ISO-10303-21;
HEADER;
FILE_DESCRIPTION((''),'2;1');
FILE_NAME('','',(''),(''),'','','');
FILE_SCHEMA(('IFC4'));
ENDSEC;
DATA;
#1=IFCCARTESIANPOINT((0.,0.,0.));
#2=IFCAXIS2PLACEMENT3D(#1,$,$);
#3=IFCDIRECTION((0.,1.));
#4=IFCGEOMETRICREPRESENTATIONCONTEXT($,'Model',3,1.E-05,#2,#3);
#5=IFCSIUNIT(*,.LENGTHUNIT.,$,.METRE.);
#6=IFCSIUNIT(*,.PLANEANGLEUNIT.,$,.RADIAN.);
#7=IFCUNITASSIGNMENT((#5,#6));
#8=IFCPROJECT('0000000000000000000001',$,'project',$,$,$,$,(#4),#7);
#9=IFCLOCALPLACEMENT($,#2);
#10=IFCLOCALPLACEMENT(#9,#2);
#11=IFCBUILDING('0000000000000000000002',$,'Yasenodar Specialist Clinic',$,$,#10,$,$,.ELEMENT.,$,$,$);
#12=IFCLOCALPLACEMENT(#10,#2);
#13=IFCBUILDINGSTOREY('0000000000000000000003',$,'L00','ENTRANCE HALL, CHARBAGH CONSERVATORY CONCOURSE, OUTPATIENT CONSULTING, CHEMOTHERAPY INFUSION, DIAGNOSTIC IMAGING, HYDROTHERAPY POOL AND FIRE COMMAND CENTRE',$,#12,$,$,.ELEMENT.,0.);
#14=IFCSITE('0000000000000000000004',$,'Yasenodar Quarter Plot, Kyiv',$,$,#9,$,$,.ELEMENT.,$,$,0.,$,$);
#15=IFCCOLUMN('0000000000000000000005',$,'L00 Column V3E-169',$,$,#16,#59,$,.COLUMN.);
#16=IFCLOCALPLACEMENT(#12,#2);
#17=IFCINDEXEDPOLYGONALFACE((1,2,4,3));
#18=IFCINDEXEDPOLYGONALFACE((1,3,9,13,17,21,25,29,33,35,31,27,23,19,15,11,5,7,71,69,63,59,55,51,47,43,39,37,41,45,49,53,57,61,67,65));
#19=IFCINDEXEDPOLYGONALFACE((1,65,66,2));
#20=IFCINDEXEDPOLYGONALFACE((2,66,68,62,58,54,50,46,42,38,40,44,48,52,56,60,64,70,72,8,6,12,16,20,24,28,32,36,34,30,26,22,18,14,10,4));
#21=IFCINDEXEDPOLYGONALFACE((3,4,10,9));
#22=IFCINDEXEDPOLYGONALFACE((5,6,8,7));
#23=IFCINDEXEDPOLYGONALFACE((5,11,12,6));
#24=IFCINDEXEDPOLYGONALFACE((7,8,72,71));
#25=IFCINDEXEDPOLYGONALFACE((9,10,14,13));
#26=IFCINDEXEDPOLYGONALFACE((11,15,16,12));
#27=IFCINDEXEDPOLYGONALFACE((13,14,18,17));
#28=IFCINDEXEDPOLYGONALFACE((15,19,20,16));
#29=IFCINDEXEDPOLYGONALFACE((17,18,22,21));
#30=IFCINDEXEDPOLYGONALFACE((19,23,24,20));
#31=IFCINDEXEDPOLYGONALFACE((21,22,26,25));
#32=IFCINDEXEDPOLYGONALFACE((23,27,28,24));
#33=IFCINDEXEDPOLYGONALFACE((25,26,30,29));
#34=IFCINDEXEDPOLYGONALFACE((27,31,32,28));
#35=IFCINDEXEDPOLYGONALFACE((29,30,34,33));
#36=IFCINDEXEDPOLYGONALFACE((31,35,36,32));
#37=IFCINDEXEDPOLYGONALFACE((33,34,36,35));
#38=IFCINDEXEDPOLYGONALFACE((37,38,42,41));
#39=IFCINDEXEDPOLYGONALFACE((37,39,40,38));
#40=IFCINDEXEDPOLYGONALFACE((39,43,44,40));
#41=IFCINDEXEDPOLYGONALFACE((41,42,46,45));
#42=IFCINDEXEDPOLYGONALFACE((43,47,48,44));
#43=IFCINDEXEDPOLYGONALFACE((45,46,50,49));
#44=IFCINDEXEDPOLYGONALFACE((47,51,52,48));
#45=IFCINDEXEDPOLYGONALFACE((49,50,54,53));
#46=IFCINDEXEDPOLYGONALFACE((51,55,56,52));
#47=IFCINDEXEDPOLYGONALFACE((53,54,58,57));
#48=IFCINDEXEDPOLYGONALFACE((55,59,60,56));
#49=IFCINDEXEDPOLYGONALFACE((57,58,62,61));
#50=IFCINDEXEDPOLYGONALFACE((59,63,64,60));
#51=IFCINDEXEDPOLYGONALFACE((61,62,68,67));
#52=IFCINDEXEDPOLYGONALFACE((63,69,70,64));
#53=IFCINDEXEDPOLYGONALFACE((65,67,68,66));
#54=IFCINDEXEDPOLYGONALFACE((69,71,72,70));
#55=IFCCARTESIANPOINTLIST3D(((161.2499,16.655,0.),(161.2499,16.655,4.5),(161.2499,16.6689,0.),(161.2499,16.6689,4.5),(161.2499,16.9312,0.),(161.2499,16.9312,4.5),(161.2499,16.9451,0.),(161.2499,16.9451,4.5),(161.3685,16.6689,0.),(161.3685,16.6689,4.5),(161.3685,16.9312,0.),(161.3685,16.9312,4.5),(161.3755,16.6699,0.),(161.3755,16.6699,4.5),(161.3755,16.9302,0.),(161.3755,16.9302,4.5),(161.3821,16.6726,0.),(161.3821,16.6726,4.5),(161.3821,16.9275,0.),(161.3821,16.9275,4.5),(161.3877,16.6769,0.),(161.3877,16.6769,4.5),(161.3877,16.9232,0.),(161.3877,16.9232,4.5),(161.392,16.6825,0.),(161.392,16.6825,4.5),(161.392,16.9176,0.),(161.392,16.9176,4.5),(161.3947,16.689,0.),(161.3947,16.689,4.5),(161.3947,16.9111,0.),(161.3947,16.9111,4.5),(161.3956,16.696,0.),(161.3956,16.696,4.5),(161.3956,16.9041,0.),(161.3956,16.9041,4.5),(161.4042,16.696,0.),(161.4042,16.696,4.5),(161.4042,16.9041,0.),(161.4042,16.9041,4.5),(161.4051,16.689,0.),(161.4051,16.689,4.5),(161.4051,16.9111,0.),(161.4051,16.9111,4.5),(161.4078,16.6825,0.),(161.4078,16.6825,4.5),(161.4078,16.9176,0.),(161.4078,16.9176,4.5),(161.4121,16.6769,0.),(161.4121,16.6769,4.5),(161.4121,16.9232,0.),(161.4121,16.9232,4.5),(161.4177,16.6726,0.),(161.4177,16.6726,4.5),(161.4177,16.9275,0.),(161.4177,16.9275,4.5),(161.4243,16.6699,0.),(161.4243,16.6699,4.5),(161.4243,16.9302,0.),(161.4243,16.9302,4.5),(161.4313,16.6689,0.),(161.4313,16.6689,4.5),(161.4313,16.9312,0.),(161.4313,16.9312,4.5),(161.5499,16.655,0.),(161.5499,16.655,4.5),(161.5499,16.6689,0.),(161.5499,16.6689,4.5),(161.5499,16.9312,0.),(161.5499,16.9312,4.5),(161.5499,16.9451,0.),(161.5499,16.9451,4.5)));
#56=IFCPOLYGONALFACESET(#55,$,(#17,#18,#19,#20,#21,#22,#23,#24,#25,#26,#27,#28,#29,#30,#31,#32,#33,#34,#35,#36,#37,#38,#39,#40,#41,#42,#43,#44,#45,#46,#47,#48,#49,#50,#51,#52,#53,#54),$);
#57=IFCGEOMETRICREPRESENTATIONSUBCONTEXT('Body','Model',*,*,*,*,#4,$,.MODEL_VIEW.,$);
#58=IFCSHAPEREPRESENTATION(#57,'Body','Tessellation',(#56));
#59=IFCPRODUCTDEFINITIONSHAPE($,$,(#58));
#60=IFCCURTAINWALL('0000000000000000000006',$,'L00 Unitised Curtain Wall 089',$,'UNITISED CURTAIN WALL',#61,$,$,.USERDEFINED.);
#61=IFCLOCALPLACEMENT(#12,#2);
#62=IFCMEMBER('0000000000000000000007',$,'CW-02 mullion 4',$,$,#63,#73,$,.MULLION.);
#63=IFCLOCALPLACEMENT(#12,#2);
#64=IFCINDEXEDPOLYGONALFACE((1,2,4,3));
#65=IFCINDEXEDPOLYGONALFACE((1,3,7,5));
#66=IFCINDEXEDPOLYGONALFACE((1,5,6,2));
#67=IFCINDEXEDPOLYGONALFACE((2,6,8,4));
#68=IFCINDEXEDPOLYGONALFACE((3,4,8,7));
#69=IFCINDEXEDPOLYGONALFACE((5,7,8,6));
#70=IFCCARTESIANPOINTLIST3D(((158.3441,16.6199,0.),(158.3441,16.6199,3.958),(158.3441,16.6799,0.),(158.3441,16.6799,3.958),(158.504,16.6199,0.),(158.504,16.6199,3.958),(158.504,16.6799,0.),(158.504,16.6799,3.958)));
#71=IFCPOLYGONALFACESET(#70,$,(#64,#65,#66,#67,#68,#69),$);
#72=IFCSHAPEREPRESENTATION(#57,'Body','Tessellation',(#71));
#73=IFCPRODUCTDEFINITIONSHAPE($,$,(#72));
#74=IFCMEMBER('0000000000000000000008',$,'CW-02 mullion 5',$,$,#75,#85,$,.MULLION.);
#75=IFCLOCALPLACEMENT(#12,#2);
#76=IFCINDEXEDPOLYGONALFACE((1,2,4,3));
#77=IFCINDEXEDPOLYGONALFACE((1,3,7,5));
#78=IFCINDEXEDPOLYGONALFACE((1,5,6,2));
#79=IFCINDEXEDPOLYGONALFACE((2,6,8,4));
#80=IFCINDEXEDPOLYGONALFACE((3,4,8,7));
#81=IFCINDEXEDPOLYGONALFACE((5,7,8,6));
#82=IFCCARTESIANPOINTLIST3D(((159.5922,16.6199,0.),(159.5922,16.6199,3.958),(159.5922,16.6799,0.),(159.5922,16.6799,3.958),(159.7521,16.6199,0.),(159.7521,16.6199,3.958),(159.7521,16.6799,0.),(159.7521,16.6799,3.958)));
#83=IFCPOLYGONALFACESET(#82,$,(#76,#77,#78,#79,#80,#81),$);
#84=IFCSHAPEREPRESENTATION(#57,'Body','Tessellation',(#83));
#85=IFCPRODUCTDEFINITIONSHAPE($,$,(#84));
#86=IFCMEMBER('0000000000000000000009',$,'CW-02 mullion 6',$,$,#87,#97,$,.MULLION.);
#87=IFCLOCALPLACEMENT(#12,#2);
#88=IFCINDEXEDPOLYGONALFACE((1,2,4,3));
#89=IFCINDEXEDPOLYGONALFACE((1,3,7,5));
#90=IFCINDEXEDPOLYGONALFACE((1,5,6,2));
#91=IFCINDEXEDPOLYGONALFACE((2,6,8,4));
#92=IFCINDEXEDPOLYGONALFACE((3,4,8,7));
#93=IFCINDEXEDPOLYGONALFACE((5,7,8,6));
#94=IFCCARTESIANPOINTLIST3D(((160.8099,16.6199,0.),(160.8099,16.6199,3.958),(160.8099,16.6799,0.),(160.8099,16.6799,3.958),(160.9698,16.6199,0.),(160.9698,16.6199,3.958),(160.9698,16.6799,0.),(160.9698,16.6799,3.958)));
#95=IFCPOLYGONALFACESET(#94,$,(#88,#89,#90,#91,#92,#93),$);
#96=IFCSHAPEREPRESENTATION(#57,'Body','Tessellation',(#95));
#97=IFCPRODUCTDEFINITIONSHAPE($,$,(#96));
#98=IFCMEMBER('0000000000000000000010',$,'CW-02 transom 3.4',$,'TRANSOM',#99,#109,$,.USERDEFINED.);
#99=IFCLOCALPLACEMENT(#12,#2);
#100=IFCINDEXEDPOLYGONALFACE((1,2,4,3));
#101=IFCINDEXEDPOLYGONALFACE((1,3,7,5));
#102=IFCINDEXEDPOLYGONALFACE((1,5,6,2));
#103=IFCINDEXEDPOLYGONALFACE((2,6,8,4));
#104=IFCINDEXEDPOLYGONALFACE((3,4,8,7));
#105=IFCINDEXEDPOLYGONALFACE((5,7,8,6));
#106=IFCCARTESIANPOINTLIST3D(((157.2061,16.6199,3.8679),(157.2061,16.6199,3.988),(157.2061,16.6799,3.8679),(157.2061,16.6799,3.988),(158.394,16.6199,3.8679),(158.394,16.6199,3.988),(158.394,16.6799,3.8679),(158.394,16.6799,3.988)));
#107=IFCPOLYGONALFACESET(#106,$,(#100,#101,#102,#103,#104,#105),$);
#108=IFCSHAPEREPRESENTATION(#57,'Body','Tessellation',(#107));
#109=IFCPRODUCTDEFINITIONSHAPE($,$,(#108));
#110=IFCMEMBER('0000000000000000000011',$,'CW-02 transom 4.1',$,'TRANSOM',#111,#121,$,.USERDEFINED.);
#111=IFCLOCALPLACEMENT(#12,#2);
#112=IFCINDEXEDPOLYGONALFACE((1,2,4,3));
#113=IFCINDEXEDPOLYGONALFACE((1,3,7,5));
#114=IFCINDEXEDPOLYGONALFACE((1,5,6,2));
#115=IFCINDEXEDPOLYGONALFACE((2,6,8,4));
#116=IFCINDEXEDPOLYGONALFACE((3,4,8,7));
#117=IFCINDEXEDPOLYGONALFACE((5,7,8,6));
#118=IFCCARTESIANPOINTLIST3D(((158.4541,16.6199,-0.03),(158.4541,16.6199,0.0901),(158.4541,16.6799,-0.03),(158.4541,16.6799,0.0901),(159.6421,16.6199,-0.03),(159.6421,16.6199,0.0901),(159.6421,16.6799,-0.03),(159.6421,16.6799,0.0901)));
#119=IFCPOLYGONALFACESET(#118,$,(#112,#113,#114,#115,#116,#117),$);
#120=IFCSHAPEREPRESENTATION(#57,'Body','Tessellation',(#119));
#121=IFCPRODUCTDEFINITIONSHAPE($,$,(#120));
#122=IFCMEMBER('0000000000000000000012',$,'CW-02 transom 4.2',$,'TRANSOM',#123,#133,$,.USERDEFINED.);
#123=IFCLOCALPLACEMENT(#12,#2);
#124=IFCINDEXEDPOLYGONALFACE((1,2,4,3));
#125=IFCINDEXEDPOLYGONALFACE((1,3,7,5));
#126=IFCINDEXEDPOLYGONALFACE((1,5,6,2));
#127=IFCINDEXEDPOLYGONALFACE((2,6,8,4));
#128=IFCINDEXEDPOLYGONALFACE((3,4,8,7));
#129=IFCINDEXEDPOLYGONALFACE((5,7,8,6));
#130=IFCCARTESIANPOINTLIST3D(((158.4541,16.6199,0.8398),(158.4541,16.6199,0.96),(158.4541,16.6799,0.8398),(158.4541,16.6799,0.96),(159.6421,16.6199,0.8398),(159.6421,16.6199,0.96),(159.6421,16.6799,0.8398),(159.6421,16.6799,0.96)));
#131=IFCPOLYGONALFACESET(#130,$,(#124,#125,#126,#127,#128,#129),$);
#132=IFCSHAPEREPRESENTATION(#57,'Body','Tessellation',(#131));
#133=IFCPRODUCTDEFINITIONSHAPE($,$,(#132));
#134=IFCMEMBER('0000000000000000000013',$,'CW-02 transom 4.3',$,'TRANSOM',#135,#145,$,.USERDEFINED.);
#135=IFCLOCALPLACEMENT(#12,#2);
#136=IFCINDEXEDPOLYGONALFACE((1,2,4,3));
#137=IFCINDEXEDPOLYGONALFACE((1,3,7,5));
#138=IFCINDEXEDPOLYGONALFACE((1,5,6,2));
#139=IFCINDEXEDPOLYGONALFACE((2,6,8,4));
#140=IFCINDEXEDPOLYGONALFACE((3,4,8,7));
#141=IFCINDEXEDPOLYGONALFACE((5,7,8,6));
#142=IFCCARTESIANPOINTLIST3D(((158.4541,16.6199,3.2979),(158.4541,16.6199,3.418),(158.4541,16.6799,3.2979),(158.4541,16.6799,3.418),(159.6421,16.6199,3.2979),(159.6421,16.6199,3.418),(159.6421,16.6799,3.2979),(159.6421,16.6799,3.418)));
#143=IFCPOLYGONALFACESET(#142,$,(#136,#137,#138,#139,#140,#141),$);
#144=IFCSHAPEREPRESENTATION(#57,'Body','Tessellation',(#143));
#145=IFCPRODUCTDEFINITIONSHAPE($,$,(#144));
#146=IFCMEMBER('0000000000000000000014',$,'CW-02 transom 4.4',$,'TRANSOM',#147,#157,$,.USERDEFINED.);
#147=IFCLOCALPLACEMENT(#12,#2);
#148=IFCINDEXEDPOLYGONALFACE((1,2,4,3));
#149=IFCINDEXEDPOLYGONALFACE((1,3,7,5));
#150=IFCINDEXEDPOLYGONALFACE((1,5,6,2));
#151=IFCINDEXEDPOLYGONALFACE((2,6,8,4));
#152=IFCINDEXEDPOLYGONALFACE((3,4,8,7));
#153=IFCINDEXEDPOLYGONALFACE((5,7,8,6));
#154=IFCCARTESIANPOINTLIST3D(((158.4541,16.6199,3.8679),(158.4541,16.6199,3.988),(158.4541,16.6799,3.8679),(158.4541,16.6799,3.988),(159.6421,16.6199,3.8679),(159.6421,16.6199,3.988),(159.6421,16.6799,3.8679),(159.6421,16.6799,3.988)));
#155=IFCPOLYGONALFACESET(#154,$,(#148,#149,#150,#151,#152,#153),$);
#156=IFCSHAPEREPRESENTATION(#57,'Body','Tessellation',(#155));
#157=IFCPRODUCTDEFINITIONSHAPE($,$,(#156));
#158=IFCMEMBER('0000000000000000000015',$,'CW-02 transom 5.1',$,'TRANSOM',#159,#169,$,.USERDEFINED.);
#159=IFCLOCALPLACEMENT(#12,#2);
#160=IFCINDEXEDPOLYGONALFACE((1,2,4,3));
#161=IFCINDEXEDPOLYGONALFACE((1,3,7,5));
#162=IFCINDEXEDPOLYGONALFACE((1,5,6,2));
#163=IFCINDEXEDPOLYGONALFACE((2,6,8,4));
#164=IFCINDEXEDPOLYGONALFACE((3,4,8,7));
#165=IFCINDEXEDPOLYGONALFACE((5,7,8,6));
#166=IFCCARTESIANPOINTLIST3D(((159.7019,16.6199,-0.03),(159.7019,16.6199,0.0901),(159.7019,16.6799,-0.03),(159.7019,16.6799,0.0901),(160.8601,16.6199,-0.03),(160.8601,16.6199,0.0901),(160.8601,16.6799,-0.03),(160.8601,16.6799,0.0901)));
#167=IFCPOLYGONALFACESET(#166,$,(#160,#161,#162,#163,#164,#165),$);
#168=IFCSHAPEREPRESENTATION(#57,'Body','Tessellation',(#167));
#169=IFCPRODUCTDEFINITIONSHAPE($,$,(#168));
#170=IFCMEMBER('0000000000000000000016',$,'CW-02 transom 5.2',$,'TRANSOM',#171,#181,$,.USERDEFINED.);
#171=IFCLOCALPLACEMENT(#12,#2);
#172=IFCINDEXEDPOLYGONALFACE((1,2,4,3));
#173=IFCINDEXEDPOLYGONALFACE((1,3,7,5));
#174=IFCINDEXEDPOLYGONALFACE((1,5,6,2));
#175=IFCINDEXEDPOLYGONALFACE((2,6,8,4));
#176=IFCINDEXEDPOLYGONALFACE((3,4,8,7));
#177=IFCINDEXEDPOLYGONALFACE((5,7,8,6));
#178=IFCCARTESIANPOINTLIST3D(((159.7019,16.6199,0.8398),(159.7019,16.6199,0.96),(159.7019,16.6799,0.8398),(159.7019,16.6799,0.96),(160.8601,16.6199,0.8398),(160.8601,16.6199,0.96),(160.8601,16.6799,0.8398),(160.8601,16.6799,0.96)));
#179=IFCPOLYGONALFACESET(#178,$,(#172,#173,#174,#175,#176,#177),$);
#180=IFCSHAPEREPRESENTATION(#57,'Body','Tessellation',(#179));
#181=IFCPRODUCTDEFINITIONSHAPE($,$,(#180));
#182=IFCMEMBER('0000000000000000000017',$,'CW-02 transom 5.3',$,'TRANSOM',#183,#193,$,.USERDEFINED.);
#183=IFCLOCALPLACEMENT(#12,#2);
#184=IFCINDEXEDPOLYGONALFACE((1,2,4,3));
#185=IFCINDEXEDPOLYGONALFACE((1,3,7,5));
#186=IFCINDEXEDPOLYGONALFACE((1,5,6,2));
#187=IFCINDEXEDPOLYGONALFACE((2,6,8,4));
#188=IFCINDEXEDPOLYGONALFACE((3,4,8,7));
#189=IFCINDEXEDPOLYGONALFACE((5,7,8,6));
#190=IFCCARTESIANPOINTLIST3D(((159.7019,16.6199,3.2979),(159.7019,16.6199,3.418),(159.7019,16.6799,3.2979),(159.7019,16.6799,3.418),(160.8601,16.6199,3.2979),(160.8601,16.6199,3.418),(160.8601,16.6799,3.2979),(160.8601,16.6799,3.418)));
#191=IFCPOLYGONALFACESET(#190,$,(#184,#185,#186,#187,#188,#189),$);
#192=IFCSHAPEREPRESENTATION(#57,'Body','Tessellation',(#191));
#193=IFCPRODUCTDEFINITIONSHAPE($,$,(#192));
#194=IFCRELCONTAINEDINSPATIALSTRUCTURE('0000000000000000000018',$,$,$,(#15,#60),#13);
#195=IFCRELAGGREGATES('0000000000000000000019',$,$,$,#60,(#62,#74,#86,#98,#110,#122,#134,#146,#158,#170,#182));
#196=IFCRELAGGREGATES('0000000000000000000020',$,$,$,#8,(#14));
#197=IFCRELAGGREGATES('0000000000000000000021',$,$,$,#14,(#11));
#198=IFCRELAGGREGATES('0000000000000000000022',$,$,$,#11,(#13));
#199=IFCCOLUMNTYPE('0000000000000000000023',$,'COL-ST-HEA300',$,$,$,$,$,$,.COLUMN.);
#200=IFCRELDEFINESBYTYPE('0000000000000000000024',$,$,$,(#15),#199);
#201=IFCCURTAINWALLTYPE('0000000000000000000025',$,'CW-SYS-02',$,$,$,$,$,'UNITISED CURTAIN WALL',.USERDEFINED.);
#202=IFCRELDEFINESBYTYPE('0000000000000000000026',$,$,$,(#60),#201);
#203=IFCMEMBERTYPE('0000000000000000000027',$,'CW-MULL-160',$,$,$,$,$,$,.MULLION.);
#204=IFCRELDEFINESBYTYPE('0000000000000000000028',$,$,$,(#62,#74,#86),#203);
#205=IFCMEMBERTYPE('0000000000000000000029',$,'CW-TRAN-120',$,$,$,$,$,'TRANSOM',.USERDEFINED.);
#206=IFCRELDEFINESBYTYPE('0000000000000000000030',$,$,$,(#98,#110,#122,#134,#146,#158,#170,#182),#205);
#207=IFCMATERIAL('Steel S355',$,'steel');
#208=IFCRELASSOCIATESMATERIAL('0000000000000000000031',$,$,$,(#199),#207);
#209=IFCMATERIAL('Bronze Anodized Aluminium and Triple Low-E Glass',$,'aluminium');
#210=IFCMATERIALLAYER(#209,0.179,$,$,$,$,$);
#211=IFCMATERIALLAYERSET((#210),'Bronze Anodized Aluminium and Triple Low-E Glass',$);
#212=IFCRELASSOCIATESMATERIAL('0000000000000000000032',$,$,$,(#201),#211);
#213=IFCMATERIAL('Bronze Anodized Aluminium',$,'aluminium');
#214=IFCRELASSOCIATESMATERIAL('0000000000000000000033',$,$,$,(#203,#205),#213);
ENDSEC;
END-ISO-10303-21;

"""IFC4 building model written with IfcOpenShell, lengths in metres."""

from ifc_helpers import new_model, si_unit, direction, frame, origin, origin_2d, place, context, subcontext, project, spatial, rectangle, i_section, extrude, material, layer, layer_set, material_profile, profile_set, type_object, element, aggregate, save


model = new_model("IFC4")

# Units and contexts
model_context = context("Model", 3, precision=1e-05, world=origin(), true_north=direction((0.0, 1.0)))
body_context = subcontext(model_context, "Body", "Model", "MODEL_VIEW")
ifc_project = project(units=[si_unit("LENGTHUNIT", "METRE"), si_unit("PLANEANGLEUNIT", "RADIAN")], contexts=[model_context])

# Site, building, storey
site_placement = place(None, origin())
site = spatial("IfcSite", under=ifc_project, at=site_placement, Name="Yasenodar Quarter Plot, Kyiv", CompositionType="ELEMENT", RefElevation=0.0)
building_placement = place(site_placement, origin())
building = spatial("IfcBuilding", under=site, at=building_placement, Name="Yasenodar Specialist Clinic", CompositionType="ELEMENT")
storey_placement = place(building_placement, origin())
storey = spatial("IfcBuildingStorey", under=building, at=storey_placement, Name="L00", Description="ENTRANCE HALL, CHARBAGH CONSERVATORY CONCOURSE, OUTPATIENT CONSULTING, CHEMOTHERAPY INFUSION, DIAGNOSTIC IMAGING, HYDROTHERAPY POOL AND FIRE COMMAND CENTRE", CompositionType="ELEMENT", Elevation=0.0)

# Column
ifc_material_1 = material(Name="Steel S355", Category="steel")
ifc_material_profile_1 = material_profile(ifc_material_1, i_section(OverallWidth=0.3, OverallDepth=0.29, WebThickness=0.0085, FlangeThickness=0.0139, FilletRadius=0.0271, at=origin_2d()), Name="HEA 300")
ifc_profile_set_1 = profile_set([ifc_material_profile_1], Name="Steel S355")
column_type = type_object("IfcColumnType", Name="COL-ST-HEA300", PredefinedType="COLUMN", material=ifc_profile_set_1)
column_placement = place(storey_placement, frame((161.3999, 16.8, 0.0), z_axis=(0.0, 0.0, 1.0), x_axis=(1.0, 0.0, 0.0)))
element("IfcColumn", 1, at=column_placement, inside=storey, type_object=column_type, Name="L00 Column V3E-169", PredefinedType="COLUMN", context=body_context, shape_type="SweptSolid", body=[
    extrude(i_section(OverallWidth=0.3, OverallDepth=0.29, WebThickness=0.0085, FlangeThickness=0.0139, FilletRadius=0.0271, at=origin_2d()), origin(), (0.0, 0.0, 1.0), 4.5),
])

# Curtain wall, members
ifc_material_2 = material(Name="Bronze Anodized Aluminium and Triple Low-E Glass", Category="aluminium")
ifc_layer_1 = layer(ifc_material_2, 0.179)
ifc_layer_set_1 = layer_set([ifc_layer_1], Name="Bronze Anodized Aluminium and Triple Low-E Glass")
curtain_wall_type = type_object("IfcCurtainWallType", Name="CW-SYS-02", ElementType="UNITISED CURTAIN WALL", PredefinedType="USERDEFINED", material=ifc_layer_set_1)
curtain_wall_placement = place(storey_placement, origin())
curtain_wall = element("IfcCurtainWall", 2, at=curtain_wall_placement, inside=storey, type_object=curtain_wall_type, Name="L00 Unitised Curtain Wall 089", ObjectType="UNITISED CURTAIN WALL", PredefinedType="USERDEFINED")
ifc_material_3 = material(Name="Bronze Anodized Aluminium", Category="aluminium")
ifc_material_profile_2 = material_profile(ifc_material_3, rectangle(XDim=0.0601, YDim=0.1599, at=origin_2d()), Name="CW-MULL 60x160")
ifc_profile_set_2 = profile_set([ifc_material_profile_2], Name="Bronze Anodized Aluminium")
member_type_1 = type_object("IfcMemberType", Name="CW-MULL-160", PredefinedType="MULLION", material=ifc_profile_set_2)
member_1_placement = place(storey_placement, frame((158.4241, 16.6499, 0.0), z_axis=(0.0, 0.0, 1.0), x_axis=(0.0, 1.0, 0.0)))
member_1 = element("IfcMember", 3, at=member_1_placement, type_object=member_type_1, Name="CW-02 mullion 4", PredefinedType="MULLION", context=body_context, shape_type="SweptSolid", body=[
    extrude(rectangle(XDim=0.0601, YDim=0.1599, at=origin_2d()), origin(), (0.0, 0.0, 1.0), 3.958),
])
member_2_placement = place(storey_placement, frame((159.6721, 16.6499, 0.0), z_axis=(0.0, 0.0, 1.0), x_axis=(0.0, 1.0, 0.0)))
member_2 = element("IfcMember", 4, at=member_2_placement, type_object=member_type_1, Name="CW-02 mullion 5", PredefinedType="MULLION", context=body_context, shape_type="SweptSolid", body=[
    extrude(rectangle(XDim=0.0601, YDim=0.1599, at=origin_2d()), origin(), (0.0, 0.0, 1.0), 3.958),
])
member_3_placement = place(storey_placement, frame((160.8899, 16.6499, 0.0), z_axis=(0.0, 0.0, 1.0), x_axis=(0.0, 1.0, 0.0)))
member_3 = element("IfcMember", 5, at=member_3_placement, type_object=member_type_1, Name="CW-02 mullion 6", PredefinedType="MULLION", context=body_context, shape_type="SweptSolid", body=[
    extrude(rectangle(XDim=0.0601, YDim=0.1599, at=origin_2d()), origin(), (0.0, 0.0, 1.0), 3.958),
])
ifc_material_profile_3 = material_profile(ifc_material_3, rectangle(XDim=0.0601, YDim=0.1201, at=origin_2d()), Name="CW-TRAN 60x120")
ifc_profile_set_3 = profile_set([ifc_material_profile_3], Name="Bronze Anodized Aluminium")
member_type_2 = type_object("IfcMemberType", Name="CW-TRAN-120", ElementType="TRANSOM", PredefinedType="USERDEFINED", material=ifc_profile_set_3)
member_4_placement = place(storey_placement, frame((157.2061, 16.6499, 3.928), z_axis=(1.0, 0.0, 0.0), x_axis=(0.0, 1.0, 0.0)))
member_4 = element("IfcMember", 6, at=member_4_placement, type_object=member_type_2, Name="CW-02 transom 3.4", ObjectType="TRANSOM", PredefinedType="USERDEFINED", context=body_context, shape_type="SweptSolid", body=[
    extrude(rectangle(XDim=0.0601, YDim=0.1201, at=origin_2d()), origin(), (0.0, 0.0, 1.0), 1.188),
])
member_5_placement = place(storey_placement, frame((158.4541, 16.6499, 0.03), z_axis=(1.0, 0.0, 0.0), x_axis=(0.0, 1.0, 0.0)))
member_5 = element("IfcMember", 7, at=member_5_placement, type_object=member_type_2, Name="CW-02 transom 4.1", ObjectType="TRANSOM", PredefinedType="USERDEFINED", context=body_context, shape_type="SweptSolid", body=[
    extrude(rectangle(XDim=0.0601, YDim=0.1201, at=origin_2d()), origin(), (0.0, 0.0, 1.0), 1.188),
])
member_6_placement = place(storey_placement, frame((158.4541, 16.6499, 0.8999), z_axis=(1.0, 0.0, 0.0), x_axis=(0.0, 1.0, 0.0)))
member_6 = element("IfcMember", 8, at=member_6_placement, type_object=member_type_2, Name="CW-02 transom 4.2", ObjectType="TRANSOM", PredefinedType="USERDEFINED", context=body_context, shape_type="SweptSolid", body=[
    extrude(rectangle(XDim=0.0601, YDim=0.1201, at=origin_2d()), origin(), (0.0, 0.0, 1.0), 1.188),
])
member_7_placement = place(storey_placement, frame((158.4541, 16.6499, 3.3579), z_axis=(1.0, 0.0, 0.0), x_axis=(0.0, 1.0, 0.0)))
member_7 = element("IfcMember", 9, at=member_7_placement, type_object=member_type_2, Name="CW-02 transom 4.3", ObjectType="TRANSOM", PredefinedType="USERDEFINED", context=body_context, shape_type="SweptSolid", body=[
    extrude(rectangle(XDim=0.0601, YDim=0.1201, at=origin_2d()), origin(), (0.0, 0.0, 1.0), 1.188),
])
member_8_placement = place(storey_placement, frame((158.4541, 16.6499, 3.928), z_axis=(1.0, 0.0, 0.0), x_axis=(0.0, 1.0, 0.0)))
member_8 = element("IfcMember", 10, at=member_8_placement, type_object=member_type_2, Name="CW-02 transom 4.4", ObjectType="TRANSOM", PredefinedType="USERDEFINED", context=body_context, shape_type="SweptSolid", body=[
    extrude(rectangle(XDim=0.0601, YDim=0.1201, at=origin_2d()), origin(), (0.0, 0.0, 1.0), 1.188),
])
member_9_placement = place(storey_placement, frame((159.7019, 16.6499, 0.03), z_axis=(1.0, 0.0, 0.0), x_axis=(0.0, 1.0, 0.0)))
member_9 = element("IfcMember", 11, at=member_9_placement, type_object=member_type_2, Name="CW-02 transom 5.1", ObjectType="TRANSOM", PredefinedType="USERDEFINED", context=body_context, shape_type="SweptSolid", body=[
    extrude(rectangle(XDim=0.0601, YDim=0.1201, at=origin_2d()), origin(), (0.0, 0.0, 1.0), 1.1582),
])
member_10_placement = place(storey_placement, frame((159.7019, 16.6499, 0.8999), z_axis=(1.0, 0.0, 0.0), x_axis=(0.0, 1.0, 0.0)))
member_10 = element("IfcMember", 12, at=member_10_placement, type_object=member_type_2, Name="CW-02 transom 5.2", ObjectType="TRANSOM", PredefinedType="USERDEFINED", context=body_context, shape_type="SweptSolid", body=[
    extrude(rectangle(XDim=0.0601, YDim=0.1201, at=origin_2d()), origin(), (0.0, 0.0, 1.0), 1.1582),
])
member_11_placement = place(storey_placement, frame((159.7019, 16.6499, 3.3579), z_axis=(1.0, 0.0, 0.0), x_axis=(0.0, 1.0, 0.0)))
member_11 = element("IfcMember", 13, at=member_11_placement, type_object=member_type_2, Name="CW-02 transom 5.3", ObjectType="TRANSOM", PredefinedType="USERDEFINED", context=body_context, shape_type="SweptSolid", body=[
    extrude(rectangle(XDim=0.0601, YDim=0.1201, at=origin_2d()), origin(), (0.0, 0.0, 1.0), 1.1582),
])
aggregate(curtain_wall, [member_1, member_2, member_3, member_4, member_5, member_6, member_7, member_8, member_9, member_10, member_11])

save(model, "model.ifc")
